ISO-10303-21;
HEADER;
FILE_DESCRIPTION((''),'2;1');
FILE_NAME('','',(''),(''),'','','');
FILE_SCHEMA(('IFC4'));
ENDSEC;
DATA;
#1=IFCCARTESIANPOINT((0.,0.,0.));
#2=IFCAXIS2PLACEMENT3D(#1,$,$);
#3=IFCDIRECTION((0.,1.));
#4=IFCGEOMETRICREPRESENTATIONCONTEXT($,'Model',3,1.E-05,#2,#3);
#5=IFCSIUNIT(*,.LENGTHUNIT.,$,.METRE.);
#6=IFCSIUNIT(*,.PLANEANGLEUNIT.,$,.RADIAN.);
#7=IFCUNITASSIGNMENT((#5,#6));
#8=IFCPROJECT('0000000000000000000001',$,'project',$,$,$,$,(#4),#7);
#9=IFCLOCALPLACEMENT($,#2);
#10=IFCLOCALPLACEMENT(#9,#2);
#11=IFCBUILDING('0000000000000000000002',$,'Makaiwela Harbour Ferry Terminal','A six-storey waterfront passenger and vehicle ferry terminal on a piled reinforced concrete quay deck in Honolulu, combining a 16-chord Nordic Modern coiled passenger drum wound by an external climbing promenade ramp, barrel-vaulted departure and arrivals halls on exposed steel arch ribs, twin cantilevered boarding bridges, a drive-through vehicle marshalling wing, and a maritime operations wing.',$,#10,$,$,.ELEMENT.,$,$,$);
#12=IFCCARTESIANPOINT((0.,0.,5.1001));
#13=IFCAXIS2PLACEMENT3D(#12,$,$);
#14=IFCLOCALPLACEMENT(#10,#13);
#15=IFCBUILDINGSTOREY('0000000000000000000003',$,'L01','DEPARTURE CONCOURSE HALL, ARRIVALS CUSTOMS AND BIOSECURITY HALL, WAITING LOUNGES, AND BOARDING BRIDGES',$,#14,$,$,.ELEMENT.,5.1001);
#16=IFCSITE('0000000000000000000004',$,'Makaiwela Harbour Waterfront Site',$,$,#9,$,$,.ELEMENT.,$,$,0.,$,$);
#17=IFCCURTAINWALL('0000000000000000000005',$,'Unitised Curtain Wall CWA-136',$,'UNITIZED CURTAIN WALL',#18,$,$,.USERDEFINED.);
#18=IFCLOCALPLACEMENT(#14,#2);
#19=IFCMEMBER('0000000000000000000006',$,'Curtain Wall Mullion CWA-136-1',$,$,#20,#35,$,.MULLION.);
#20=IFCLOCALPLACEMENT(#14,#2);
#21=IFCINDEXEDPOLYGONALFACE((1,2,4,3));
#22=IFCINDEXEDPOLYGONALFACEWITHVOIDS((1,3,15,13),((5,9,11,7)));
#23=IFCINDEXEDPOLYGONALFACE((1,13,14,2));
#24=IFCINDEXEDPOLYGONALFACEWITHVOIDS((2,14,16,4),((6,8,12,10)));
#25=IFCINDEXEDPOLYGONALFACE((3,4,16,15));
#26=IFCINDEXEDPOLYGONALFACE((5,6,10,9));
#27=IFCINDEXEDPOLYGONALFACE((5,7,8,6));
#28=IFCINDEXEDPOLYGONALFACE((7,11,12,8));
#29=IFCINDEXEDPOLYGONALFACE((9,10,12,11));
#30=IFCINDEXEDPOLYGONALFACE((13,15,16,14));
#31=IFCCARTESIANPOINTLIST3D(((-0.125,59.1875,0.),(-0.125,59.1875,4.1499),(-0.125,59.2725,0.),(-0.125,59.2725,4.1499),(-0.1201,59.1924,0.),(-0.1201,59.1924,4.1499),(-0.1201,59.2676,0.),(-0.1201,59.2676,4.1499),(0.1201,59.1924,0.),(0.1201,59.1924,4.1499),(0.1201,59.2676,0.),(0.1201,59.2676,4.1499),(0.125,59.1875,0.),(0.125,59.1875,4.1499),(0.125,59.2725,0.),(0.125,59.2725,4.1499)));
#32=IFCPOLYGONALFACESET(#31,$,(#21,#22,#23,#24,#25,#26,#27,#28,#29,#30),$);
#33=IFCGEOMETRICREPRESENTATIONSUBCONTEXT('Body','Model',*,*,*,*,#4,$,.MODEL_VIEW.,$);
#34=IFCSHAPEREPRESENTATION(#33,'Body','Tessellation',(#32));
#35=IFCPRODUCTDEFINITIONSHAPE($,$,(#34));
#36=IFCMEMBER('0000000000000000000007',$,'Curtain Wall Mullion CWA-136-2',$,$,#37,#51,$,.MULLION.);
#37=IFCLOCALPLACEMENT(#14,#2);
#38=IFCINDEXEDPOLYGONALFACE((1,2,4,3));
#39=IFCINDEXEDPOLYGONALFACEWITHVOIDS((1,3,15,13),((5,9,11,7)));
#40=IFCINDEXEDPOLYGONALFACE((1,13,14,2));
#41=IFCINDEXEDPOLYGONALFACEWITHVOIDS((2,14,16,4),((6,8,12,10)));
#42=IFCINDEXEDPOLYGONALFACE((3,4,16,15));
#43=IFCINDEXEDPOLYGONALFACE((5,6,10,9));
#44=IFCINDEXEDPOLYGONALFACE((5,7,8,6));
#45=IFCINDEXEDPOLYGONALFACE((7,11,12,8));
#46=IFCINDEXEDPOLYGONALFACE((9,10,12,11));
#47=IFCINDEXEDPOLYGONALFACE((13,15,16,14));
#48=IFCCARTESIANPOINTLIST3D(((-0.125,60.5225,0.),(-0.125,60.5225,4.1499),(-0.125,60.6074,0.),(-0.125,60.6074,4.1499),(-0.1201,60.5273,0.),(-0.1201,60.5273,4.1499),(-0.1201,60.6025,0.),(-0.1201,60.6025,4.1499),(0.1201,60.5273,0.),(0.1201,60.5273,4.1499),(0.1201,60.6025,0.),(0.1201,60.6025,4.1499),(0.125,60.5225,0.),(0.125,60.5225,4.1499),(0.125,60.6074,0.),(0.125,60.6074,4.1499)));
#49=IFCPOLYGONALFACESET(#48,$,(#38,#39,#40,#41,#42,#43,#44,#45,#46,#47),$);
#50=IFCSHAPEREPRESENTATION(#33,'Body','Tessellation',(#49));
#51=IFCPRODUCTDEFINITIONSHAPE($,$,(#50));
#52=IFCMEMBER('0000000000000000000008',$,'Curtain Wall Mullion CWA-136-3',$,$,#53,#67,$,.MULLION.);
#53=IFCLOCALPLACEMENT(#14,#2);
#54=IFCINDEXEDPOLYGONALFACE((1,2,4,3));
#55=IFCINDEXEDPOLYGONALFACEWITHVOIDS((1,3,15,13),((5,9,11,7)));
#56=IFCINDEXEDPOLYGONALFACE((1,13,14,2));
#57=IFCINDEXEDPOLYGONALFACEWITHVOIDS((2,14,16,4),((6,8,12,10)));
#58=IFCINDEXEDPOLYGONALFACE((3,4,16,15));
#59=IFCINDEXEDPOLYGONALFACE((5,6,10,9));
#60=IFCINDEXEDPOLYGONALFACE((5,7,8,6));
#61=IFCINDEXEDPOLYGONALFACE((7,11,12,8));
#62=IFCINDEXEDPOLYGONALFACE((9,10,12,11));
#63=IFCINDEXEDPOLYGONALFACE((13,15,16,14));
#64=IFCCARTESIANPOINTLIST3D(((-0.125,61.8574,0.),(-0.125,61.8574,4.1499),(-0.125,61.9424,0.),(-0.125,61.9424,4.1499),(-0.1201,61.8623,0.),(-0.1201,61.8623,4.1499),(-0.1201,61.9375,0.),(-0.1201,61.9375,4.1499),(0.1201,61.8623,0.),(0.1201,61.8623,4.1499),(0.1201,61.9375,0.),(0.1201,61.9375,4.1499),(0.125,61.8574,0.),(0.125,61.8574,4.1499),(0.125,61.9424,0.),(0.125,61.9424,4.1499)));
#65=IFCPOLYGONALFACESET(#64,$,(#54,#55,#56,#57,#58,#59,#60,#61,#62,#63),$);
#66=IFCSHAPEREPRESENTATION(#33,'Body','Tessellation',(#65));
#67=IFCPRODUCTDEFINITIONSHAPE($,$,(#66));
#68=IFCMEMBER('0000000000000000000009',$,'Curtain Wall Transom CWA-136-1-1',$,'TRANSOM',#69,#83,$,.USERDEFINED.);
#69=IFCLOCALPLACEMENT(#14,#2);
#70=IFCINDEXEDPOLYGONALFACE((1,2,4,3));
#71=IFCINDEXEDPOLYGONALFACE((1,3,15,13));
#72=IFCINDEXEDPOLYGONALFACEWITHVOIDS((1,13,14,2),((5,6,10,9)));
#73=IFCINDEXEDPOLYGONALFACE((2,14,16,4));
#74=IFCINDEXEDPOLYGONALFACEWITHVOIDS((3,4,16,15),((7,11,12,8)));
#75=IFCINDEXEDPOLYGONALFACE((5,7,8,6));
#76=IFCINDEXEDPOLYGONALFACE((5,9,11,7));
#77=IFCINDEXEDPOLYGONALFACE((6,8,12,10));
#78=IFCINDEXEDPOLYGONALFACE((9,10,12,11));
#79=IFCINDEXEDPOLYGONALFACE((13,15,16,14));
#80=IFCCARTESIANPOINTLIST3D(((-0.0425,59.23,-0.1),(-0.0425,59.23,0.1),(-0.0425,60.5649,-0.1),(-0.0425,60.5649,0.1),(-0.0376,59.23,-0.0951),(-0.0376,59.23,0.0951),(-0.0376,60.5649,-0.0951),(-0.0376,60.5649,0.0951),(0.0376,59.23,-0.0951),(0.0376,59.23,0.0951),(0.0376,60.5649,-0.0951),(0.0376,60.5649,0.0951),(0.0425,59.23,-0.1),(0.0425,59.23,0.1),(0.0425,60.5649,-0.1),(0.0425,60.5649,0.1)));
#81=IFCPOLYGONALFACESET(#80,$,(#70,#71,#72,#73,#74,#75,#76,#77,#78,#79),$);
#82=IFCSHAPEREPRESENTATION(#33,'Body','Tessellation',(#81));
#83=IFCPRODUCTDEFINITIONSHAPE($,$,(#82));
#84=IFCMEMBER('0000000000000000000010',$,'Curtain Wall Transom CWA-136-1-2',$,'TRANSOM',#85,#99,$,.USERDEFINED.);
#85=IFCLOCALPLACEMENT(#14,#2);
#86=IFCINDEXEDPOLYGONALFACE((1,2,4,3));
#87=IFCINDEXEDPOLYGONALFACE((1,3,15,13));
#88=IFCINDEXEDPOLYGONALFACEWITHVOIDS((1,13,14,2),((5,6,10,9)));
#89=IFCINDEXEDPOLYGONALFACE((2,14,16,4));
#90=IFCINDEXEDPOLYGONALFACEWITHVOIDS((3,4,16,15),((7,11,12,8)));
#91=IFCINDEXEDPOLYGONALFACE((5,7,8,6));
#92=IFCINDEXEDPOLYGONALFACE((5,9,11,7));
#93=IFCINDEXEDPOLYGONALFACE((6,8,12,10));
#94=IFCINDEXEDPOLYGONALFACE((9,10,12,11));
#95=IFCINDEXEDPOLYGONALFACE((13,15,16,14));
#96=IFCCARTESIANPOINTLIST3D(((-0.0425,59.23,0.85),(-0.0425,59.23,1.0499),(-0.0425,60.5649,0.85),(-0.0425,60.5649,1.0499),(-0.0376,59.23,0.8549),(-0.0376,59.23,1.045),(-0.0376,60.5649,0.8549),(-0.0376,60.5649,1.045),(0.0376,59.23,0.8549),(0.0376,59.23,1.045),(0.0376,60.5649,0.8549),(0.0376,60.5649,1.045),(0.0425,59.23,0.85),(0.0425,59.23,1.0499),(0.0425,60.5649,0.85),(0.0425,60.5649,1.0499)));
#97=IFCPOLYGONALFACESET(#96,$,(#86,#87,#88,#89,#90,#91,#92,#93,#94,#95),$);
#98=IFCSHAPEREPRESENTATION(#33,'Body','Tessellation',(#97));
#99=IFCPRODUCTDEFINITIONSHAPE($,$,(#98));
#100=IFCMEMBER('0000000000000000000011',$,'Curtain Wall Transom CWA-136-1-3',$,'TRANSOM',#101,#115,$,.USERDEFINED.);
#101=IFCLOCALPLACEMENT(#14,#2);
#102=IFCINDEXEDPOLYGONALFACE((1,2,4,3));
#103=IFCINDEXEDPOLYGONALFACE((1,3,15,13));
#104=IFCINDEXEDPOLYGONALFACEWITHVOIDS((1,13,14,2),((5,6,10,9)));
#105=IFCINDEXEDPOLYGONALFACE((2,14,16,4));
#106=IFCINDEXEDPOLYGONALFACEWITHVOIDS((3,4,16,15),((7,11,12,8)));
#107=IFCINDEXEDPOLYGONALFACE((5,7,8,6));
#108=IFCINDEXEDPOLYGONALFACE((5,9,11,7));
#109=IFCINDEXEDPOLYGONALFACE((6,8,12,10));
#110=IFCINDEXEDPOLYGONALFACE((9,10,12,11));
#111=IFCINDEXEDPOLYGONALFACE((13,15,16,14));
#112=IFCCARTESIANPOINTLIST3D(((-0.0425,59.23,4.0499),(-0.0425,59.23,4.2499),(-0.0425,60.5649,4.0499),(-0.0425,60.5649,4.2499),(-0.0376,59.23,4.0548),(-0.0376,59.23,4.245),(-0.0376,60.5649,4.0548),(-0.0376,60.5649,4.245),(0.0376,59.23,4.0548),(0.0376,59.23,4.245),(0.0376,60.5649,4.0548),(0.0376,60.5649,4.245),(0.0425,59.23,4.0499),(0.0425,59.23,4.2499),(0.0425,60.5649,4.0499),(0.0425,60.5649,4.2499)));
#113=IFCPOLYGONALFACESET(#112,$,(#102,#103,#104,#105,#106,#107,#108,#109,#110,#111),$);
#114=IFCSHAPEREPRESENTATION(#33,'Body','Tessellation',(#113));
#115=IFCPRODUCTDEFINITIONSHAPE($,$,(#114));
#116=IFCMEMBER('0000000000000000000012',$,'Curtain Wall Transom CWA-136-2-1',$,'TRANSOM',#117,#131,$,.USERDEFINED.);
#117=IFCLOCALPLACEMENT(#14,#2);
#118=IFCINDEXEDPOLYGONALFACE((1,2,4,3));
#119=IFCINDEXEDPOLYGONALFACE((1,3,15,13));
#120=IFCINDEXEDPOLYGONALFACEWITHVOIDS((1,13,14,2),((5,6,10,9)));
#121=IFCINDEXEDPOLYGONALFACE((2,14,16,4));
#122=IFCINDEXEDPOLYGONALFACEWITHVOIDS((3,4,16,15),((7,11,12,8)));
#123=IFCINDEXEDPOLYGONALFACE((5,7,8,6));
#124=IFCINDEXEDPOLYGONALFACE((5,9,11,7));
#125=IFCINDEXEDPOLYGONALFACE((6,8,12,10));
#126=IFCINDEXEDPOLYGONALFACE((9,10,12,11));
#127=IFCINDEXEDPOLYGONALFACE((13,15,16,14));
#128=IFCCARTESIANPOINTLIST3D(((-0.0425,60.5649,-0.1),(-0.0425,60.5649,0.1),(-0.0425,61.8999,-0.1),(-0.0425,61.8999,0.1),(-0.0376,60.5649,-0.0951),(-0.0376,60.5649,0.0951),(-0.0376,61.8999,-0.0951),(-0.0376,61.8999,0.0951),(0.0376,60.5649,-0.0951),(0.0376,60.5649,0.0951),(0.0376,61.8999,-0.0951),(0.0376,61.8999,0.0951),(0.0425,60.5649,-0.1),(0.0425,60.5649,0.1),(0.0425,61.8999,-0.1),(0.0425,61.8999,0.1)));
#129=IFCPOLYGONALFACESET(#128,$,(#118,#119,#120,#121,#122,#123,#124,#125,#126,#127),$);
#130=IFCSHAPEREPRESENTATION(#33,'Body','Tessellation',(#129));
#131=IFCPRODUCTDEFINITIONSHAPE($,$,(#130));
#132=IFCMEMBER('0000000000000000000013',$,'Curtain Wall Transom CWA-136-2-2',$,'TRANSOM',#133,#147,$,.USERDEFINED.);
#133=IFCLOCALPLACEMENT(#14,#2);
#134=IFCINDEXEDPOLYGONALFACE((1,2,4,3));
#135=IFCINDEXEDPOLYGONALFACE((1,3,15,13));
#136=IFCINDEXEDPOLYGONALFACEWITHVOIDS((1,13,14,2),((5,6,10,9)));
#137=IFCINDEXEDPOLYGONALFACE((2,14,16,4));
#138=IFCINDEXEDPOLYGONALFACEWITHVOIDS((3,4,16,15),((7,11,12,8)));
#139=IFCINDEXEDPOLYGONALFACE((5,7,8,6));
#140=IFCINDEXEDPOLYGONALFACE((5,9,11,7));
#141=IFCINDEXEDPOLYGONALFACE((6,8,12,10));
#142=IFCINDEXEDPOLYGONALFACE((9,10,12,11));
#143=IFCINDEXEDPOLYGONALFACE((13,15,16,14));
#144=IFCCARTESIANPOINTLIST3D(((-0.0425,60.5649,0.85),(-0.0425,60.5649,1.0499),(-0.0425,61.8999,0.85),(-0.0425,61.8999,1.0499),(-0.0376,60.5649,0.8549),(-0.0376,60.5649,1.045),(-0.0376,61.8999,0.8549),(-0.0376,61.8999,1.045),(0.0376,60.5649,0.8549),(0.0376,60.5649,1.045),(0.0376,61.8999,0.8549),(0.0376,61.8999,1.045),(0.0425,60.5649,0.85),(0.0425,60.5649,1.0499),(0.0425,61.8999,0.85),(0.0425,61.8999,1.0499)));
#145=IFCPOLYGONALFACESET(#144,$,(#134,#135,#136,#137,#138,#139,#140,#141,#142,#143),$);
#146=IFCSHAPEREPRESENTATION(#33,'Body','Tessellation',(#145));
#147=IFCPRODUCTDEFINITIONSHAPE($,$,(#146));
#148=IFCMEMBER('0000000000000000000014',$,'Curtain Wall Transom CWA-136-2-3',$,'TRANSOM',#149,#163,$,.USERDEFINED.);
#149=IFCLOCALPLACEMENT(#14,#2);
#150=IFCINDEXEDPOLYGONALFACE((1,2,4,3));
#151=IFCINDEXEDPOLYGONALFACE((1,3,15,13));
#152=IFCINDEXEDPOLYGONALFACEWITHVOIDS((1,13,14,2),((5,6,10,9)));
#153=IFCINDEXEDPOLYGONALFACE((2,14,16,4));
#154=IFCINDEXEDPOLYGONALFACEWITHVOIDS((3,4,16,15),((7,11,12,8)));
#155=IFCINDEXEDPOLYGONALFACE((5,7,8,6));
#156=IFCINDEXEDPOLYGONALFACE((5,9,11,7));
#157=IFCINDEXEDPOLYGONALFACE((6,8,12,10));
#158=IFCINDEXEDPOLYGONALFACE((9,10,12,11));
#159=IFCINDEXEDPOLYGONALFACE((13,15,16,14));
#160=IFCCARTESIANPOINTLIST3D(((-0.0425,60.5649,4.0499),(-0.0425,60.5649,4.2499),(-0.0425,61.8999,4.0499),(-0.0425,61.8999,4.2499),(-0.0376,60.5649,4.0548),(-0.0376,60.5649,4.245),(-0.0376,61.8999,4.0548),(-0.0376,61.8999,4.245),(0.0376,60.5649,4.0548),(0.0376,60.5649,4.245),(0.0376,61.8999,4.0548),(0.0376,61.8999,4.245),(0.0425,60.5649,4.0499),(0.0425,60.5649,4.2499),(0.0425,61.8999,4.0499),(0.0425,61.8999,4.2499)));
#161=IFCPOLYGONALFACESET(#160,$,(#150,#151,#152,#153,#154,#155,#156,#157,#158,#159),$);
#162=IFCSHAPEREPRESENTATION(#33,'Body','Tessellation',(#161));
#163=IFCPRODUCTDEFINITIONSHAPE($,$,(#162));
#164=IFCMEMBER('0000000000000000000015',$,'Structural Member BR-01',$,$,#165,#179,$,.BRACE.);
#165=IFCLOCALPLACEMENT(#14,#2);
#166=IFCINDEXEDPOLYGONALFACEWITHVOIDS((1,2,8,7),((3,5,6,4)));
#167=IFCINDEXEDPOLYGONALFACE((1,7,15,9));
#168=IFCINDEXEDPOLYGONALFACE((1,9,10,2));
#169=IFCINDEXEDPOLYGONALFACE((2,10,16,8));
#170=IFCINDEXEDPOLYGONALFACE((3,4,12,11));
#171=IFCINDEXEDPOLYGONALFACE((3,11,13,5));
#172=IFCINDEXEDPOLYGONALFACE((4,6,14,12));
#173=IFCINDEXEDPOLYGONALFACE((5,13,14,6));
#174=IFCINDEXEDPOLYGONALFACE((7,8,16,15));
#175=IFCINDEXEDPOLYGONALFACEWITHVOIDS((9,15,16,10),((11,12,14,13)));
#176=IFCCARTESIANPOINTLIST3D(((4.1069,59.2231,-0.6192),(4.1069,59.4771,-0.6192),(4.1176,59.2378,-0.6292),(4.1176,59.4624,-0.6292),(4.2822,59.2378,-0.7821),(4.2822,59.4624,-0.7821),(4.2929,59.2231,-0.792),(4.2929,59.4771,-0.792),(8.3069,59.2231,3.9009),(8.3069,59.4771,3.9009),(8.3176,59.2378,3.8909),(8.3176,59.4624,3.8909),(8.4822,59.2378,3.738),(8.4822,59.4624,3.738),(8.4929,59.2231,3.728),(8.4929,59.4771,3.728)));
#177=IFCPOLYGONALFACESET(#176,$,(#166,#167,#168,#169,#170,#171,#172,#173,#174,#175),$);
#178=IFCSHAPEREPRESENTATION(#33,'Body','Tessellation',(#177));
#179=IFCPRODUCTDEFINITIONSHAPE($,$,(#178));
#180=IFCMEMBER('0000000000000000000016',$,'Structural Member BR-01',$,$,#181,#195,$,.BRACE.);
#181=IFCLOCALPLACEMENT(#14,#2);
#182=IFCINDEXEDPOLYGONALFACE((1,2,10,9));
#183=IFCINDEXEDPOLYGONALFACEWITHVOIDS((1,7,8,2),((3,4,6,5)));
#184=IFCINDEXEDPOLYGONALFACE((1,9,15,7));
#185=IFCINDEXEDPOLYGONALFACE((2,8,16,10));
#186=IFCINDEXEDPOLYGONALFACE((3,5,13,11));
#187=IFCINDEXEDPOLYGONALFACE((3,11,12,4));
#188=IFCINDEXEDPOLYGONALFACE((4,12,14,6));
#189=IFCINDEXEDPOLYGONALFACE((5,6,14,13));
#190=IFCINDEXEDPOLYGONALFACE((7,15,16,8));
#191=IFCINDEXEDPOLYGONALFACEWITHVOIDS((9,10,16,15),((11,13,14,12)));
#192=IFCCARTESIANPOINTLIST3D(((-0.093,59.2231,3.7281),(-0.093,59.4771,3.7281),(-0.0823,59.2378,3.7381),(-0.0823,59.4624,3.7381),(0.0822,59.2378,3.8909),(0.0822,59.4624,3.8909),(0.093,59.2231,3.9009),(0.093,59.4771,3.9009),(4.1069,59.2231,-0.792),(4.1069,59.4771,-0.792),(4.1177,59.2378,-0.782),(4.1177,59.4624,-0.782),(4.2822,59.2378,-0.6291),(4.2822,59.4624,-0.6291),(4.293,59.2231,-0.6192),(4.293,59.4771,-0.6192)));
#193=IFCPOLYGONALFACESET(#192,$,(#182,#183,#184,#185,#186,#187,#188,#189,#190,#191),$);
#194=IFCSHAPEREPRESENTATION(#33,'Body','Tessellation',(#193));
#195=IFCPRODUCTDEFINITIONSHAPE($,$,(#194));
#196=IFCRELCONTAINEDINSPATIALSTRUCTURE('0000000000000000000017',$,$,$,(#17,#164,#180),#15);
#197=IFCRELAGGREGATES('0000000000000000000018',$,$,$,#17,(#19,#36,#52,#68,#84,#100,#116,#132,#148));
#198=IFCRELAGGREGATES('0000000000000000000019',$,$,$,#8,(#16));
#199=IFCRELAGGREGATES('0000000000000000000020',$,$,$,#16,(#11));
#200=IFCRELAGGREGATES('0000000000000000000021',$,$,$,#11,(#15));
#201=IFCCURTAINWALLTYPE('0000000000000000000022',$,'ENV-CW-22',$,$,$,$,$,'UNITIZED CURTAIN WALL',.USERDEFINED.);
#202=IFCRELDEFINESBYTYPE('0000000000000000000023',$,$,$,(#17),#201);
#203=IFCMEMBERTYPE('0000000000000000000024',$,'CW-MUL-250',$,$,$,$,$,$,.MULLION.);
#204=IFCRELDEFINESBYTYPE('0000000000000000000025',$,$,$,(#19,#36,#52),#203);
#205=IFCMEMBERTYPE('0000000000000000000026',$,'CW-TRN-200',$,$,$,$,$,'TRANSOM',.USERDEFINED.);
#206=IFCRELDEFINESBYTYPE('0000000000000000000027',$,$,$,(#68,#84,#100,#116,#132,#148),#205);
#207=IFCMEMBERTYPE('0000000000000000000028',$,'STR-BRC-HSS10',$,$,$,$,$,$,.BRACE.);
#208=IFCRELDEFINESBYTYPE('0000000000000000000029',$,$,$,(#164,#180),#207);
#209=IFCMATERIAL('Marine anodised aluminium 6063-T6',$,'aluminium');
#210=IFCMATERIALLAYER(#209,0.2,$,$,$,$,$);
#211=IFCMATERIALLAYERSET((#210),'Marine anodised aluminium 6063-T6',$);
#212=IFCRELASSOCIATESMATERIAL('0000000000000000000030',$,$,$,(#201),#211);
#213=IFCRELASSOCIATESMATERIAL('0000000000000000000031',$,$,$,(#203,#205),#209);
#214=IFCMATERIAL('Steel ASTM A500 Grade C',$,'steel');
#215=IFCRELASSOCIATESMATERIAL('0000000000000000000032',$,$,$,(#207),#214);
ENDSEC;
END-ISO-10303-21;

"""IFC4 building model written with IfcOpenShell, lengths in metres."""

from ifc_helpers import new_model, si_unit, direction, frame, origin, origin_2d, place, context, subcontext, project, spatial, hollow_rectangle, extrude, material, layer, layer_set, material_profile, profile_set, type_object, element, aggregate, save


model = new_model("IFC4")

# Units and contexts
model_context = context("Model", 3, precision=1e-05, world=origin(), true_north=direction((0.0, 1.0)))
body_context = subcontext(model_context, "Body", "Model", "MODEL_VIEW")
ifc_project = project(units=[si_unit("LENGTHUNIT", "METRE"), si_unit("PLANEANGLEUNIT", "RADIAN")], contexts=[model_context])

# Site, building, storey
site_placement = place(None, origin())
site = spatial("IfcSite", under=ifc_project, at=site_placement, Name="Makaiwela Harbour Waterfront Site", CompositionType="ELEMENT", RefElevation=0.0)
building_placement = place(site_placement, origin())
building = spatial("IfcBuilding", under=site, at=building_placement, Name="Makaiwela Harbour Ferry Terminal", Description="A six-storey waterfront passenger and vehicle ferry terminal on a piled reinforced concrete quay deck in Honolulu, combining a 16-chord Nordic Modern coiled passenger drum wound by an external climbing promenade ramp, barrel-vaulted departure and arrivals halls on exposed steel arch ribs, twin cantilevered boarding bridges, a drive-through vehicle marshalling wing, and a maritime operations wing.", CompositionType="ELEMENT")
storey_placement = place(building_placement, frame((0.0, 0.0, 5.1001)))
storey = spatial("IfcBuildingStorey", under=building, at=storey_placement, Name="L01", Description="DEPARTURE CONCOURSE HALL, ARRIVALS CUSTOMS AND BIOSECURITY HALL, WAITING LOUNGES, AND BOARDING BRIDGES", CompositionType="ELEMENT", Elevation=5.1001)

# Curtain wall, members
ifc_material_1 = material(Name="Marine anodised aluminium 6063-T6", Category="aluminium")
ifc_layer_1 = layer(ifc_material_1, 0.2)
ifc_layer_set_1 = layer_set([ifc_layer_1], Name="Marine anodised aluminium 6063-T6")
curtain_wall_type = type_object("IfcCurtainWallType", Name="ENV-CW-22", ElementType="UNITIZED CURTAIN WALL", PredefinedType="USERDEFINED", material=ifc_layer_set_1)
curtain_wall_placement = place(storey_placement, origin())
curtain_wall = element("IfcCurtainWall", 1, at=curtain_wall_placement, inside=storey, type_object=curtain_wall_type, Name="Unitised Curtain Wall CWA-136", ObjectType="UNITIZED CURTAIN WALL", PredefinedType="USERDEFINED")
ifc_material_profile_1 = material_profile(ifc_material_1, hollow_rectangle(XDim=0.085, YDim=0.25, WallThickness=0.0049, at=origin_2d()), Name="CWM-250X85")
ifc_profile_set_1 = profile_set([ifc_material_profile_1], Name="Marine anodised aluminium 6063-T6")
member_type_1 = type_object("IfcMemberType", Name="CW-MUL-250", PredefinedType="MULLION", material=ifc_profile_set_1)
member_1_placement = place(storey_placement, frame((0.0, 59.23, 0.0), z_axis=(0.0, 0.0, 1.0), x_axis=(0.0, 1.0, 0.0)))
member_1 = element("IfcMember", 2, at=member_1_placement, type_object=member_type_1, Name="Curtain Wall Mullion CWA-136-1", PredefinedType="MULLION", context=body_context, shape_type="SweptSolid", body=[
    extrude(hollow_rectangle(XDim=0.085, YDim=0.25, WallThickness=0.0049, at=origin_2d()), origin(), (0.0, 0.0, 1.0), 4.1499),
])
member_2_placement = place(storey_placement, frame((0.0, 60.5649, 0.0), z_axis=(0.0, 0.0, 1.0), x_axis=(0.0, 1.0, 0.0)))
member_2 = element("IfcMember", 3, at=member_2_placement, type_object=member_type_1, Name="Curtain Wall Mullion CWA-136-2", PredefinedType="MULLION", context=body_context, shape_type="SweptSolid", body=[
    extrude(hollow_rectangle(XDim=0.085, YDim=0.25, WallThickness=0.0049, at=origin_2d()), origin(), (0.0, 0.0, 1.0), 4.1499),
])
member_3_placement = place(storey_placement, frame((0.0, 61.8999, 0.0), z_axis=(0.0, 0.0, 1.0), x_axis=(0.0, 1.0, 0.0)))
member_3 = element("IfcMember", 4, at=member_3_placement, type_object=member_type_1, Name="Curtain Wall Mullion CWA-136-3", PredefinedType="MULLION", context=body_context, shape_type="SweptSolid", body=[
    extrude(hollow_rectangle(XDim=0.085, YDim=0.25, WallThickness=0.0049, at=origin_2d()), origin(), (0.0, 0.0, 1.0), 4.1499),
])
ifc_material_profile_2 = material_profile(ifc_material_1, hollow_rectangle(XDim=0.085, YDim=0.2, WallThickness=0.0049, at=origin_2d()), Name="CWT-200X85")
ifc_profile_set_2 = profile_set([ifc_material_profile_2], Name="Marine anodised aluminium 6063-T6")
member_type_2 = type_object("IfcMemberType", Name="CW-TRN-200", ElementType="TRANSOM", PredefinedType="USERDEFINED", material=ifc_profile_set_2)
member_4_placement = place(storey_placement, frame((0.0, 59.23, 0.0), z_axis=(0.0, 1.0, 0.0), x_axis=(-1.0, 0.0, 0.0)))
member_4 = element("IfcMember", 5, at=member_4_placement, type_object=member_type_2, Name="Curtain Wall Transom CWA-136-1-1", ObjectType="TRANSOM", PredefinedType="USERDEFINED", context=body_context, shape_type="SweptSolid", body=[
    extrude(hollow_rectangle(XDim=0.085, YDim=0.2, WallThickness=0.0049, at=origin_2d()), origin(), (0.0, 0.0, 1.0), 1.335),
])
member_5_placement = place(storey_placement, frame((0.0, 59.23, 0.95), z_axis=(0.0, 1.0, 0.0), x_axis=(-1.0, 0.0, 0.0)))
member_5 = element("IfcMember", 6, at=member_5_placement, type_object=member_type_2, Name="Curtain Wall Transom CWA-136-1-2", ObjectType="TRANSOM", PredefinedType="USERDEFINED", context=body_context, shape_type="SweptSolid", body=[
    extrude(hollow_rectangle(XDim=0.085, YDim=0.2, WallThickness=0.0049, at=origin_2d()), origin(), (0.0, 0.0, 1.0), 1.335),
])
member_6_placement = place(storey_placement, frame((0.0, 59.23, 4.1499), z_axis=(0.0, 1.0, 0.0), x_axis=(-1.0, 0.0, 0.0)))
member_6 = element("IfcMember", 7, at=member_6_placement, type_object=member_type_2, Name="Curtain Wall Transom CWA-136-1-3", ObjectType="TRANSOM", PredefinedType="USERDEFINED", context=body_context, shape_type="SweptSolid", body=[
    extrude(hollow_rectangle(XDim=0.085, YDim=0.2, WallThickness=0.0049, at=origin_2d()), origin(), (0.0, 0.0, 1.0), 1.335),
])
member_7_placement = place(storey_placement, frame((0.0, 60.5649, 0.0), z_axis=(0.0, 1.0, 0.0), x_axis=(-1.0, 0.0, 0.0)))
member_7 = element("IfcMember", 8, at=member_7_placement, type_object=member_type_2, Name="Curtain Wall Transom CWA-136-2-1", ObjectType="TRANSOM", PredefinedType="USERDEFINED", context=body_context, shape_type="SweptSolid", body=[
    extrude(hollow_rectangle(XDim=0.085, YDim=0.2, WallThickness=0.0049, at=origin_2d()), origin(), (0.0, 0.0, 1.0), 1.335),
])
member_8_placement = place(storey_placement, frame((0.0, 60.5649, 0.95), z_axis=(0.0, 1.0, 0.0), x_axis=(-1.0, 0.0, 0.0)))
member_8 = element("IfcMember", 9, at=member_8_placement, type_object=member_type_2, Name="Curtain Wall Transom CWA-136-2-2", ObjectType="TRANSOM", PredefinedType="USERDEFINED", context=body_context, shape_type="SweptSolid", body=[
    extrude(hollow_rectangle(XDim=0.085, YDim=0.2, WallThickness=0.0049, at=origin_2d()), origin(), (0.0, 0.0, 1.0), 1.335),
])
member_9_placement = place(storey_placement, frame((0.0, 60.5649, 4.1499), z_axis=(0.0, 1.0, 0.0), x_axis=(-1.0, 0.0, 0.0)))
member_9 = element("IfcMember", 10, at=member_9_placement, type_object=member_type_2, Name="Curtain Wall Transom CWA-136-2-3", ObjectType="TRANSOM", PredefinedType="USERDEFINED", context=body_context, shape_type="SweptSolid", body=[
    extrude(hollow_rectangle(XDim=0.085, YDim=0.2, WallThickness=0.0049, at=origin_2d()), origin(), (0.0, 0.0, 1.0), 1.335),
])

# Members
ifc_material_2 = material(Name="Steel ASTM A500 Grade C", Category="steel")
ifc_material_profile_3 = material_profile(ifc_material_2, hollow_rectangle(XDim=0.2539, YDim=0.2539, WallThickness=0.0146, at=origin_2d()), Name="HSS10X10X5/8")
ifc_profile_set_3 = profile_set([ifc_material_profile_3], Name="Steel ASTM A500 Grade C")
member_type_3 = type_object("IfcMemberType", Name="STR-BRC-HSS10", PredefinedType="BRACE", material=ifc_profile_set_3)
for number, where, z_axis, x_axis, name in (
    (11, (8.3999, 59.3501, 3.8145), (-0.680694, 0.0, -0.732568), (0.0, -1.0, 0.0), "Structural Member BR-01"),
    (12, (4.2, 59.3501, -0.7056), (-0.680694, 0.0, 0.732568), (0.0, -1.0, 0.0), "Structural Member BR-01"),
):
    element("IfcMember", number, at=place(storey_placement, frame(where, z_axis=z_axis, x_axis=x_axis)), inside=storey, type_object=member_type_3, Name=name, PredefinedType="BRACE", context=body_context, shape_type="SweptSolid", body=[
        extrude(hollow_rectangle(XDim=0.2539, YDim=0.2539, WallThickness=0.0146, at=origin_2d()), origin(), (0.0, 0.0, 1.0), 6.1702),
    ])

aggregate(curtain_wall, [member_1, member_2, member_3, member_4, member_5, member_6, member_7, member_8, member_9])

save(model, "model.ifc")
